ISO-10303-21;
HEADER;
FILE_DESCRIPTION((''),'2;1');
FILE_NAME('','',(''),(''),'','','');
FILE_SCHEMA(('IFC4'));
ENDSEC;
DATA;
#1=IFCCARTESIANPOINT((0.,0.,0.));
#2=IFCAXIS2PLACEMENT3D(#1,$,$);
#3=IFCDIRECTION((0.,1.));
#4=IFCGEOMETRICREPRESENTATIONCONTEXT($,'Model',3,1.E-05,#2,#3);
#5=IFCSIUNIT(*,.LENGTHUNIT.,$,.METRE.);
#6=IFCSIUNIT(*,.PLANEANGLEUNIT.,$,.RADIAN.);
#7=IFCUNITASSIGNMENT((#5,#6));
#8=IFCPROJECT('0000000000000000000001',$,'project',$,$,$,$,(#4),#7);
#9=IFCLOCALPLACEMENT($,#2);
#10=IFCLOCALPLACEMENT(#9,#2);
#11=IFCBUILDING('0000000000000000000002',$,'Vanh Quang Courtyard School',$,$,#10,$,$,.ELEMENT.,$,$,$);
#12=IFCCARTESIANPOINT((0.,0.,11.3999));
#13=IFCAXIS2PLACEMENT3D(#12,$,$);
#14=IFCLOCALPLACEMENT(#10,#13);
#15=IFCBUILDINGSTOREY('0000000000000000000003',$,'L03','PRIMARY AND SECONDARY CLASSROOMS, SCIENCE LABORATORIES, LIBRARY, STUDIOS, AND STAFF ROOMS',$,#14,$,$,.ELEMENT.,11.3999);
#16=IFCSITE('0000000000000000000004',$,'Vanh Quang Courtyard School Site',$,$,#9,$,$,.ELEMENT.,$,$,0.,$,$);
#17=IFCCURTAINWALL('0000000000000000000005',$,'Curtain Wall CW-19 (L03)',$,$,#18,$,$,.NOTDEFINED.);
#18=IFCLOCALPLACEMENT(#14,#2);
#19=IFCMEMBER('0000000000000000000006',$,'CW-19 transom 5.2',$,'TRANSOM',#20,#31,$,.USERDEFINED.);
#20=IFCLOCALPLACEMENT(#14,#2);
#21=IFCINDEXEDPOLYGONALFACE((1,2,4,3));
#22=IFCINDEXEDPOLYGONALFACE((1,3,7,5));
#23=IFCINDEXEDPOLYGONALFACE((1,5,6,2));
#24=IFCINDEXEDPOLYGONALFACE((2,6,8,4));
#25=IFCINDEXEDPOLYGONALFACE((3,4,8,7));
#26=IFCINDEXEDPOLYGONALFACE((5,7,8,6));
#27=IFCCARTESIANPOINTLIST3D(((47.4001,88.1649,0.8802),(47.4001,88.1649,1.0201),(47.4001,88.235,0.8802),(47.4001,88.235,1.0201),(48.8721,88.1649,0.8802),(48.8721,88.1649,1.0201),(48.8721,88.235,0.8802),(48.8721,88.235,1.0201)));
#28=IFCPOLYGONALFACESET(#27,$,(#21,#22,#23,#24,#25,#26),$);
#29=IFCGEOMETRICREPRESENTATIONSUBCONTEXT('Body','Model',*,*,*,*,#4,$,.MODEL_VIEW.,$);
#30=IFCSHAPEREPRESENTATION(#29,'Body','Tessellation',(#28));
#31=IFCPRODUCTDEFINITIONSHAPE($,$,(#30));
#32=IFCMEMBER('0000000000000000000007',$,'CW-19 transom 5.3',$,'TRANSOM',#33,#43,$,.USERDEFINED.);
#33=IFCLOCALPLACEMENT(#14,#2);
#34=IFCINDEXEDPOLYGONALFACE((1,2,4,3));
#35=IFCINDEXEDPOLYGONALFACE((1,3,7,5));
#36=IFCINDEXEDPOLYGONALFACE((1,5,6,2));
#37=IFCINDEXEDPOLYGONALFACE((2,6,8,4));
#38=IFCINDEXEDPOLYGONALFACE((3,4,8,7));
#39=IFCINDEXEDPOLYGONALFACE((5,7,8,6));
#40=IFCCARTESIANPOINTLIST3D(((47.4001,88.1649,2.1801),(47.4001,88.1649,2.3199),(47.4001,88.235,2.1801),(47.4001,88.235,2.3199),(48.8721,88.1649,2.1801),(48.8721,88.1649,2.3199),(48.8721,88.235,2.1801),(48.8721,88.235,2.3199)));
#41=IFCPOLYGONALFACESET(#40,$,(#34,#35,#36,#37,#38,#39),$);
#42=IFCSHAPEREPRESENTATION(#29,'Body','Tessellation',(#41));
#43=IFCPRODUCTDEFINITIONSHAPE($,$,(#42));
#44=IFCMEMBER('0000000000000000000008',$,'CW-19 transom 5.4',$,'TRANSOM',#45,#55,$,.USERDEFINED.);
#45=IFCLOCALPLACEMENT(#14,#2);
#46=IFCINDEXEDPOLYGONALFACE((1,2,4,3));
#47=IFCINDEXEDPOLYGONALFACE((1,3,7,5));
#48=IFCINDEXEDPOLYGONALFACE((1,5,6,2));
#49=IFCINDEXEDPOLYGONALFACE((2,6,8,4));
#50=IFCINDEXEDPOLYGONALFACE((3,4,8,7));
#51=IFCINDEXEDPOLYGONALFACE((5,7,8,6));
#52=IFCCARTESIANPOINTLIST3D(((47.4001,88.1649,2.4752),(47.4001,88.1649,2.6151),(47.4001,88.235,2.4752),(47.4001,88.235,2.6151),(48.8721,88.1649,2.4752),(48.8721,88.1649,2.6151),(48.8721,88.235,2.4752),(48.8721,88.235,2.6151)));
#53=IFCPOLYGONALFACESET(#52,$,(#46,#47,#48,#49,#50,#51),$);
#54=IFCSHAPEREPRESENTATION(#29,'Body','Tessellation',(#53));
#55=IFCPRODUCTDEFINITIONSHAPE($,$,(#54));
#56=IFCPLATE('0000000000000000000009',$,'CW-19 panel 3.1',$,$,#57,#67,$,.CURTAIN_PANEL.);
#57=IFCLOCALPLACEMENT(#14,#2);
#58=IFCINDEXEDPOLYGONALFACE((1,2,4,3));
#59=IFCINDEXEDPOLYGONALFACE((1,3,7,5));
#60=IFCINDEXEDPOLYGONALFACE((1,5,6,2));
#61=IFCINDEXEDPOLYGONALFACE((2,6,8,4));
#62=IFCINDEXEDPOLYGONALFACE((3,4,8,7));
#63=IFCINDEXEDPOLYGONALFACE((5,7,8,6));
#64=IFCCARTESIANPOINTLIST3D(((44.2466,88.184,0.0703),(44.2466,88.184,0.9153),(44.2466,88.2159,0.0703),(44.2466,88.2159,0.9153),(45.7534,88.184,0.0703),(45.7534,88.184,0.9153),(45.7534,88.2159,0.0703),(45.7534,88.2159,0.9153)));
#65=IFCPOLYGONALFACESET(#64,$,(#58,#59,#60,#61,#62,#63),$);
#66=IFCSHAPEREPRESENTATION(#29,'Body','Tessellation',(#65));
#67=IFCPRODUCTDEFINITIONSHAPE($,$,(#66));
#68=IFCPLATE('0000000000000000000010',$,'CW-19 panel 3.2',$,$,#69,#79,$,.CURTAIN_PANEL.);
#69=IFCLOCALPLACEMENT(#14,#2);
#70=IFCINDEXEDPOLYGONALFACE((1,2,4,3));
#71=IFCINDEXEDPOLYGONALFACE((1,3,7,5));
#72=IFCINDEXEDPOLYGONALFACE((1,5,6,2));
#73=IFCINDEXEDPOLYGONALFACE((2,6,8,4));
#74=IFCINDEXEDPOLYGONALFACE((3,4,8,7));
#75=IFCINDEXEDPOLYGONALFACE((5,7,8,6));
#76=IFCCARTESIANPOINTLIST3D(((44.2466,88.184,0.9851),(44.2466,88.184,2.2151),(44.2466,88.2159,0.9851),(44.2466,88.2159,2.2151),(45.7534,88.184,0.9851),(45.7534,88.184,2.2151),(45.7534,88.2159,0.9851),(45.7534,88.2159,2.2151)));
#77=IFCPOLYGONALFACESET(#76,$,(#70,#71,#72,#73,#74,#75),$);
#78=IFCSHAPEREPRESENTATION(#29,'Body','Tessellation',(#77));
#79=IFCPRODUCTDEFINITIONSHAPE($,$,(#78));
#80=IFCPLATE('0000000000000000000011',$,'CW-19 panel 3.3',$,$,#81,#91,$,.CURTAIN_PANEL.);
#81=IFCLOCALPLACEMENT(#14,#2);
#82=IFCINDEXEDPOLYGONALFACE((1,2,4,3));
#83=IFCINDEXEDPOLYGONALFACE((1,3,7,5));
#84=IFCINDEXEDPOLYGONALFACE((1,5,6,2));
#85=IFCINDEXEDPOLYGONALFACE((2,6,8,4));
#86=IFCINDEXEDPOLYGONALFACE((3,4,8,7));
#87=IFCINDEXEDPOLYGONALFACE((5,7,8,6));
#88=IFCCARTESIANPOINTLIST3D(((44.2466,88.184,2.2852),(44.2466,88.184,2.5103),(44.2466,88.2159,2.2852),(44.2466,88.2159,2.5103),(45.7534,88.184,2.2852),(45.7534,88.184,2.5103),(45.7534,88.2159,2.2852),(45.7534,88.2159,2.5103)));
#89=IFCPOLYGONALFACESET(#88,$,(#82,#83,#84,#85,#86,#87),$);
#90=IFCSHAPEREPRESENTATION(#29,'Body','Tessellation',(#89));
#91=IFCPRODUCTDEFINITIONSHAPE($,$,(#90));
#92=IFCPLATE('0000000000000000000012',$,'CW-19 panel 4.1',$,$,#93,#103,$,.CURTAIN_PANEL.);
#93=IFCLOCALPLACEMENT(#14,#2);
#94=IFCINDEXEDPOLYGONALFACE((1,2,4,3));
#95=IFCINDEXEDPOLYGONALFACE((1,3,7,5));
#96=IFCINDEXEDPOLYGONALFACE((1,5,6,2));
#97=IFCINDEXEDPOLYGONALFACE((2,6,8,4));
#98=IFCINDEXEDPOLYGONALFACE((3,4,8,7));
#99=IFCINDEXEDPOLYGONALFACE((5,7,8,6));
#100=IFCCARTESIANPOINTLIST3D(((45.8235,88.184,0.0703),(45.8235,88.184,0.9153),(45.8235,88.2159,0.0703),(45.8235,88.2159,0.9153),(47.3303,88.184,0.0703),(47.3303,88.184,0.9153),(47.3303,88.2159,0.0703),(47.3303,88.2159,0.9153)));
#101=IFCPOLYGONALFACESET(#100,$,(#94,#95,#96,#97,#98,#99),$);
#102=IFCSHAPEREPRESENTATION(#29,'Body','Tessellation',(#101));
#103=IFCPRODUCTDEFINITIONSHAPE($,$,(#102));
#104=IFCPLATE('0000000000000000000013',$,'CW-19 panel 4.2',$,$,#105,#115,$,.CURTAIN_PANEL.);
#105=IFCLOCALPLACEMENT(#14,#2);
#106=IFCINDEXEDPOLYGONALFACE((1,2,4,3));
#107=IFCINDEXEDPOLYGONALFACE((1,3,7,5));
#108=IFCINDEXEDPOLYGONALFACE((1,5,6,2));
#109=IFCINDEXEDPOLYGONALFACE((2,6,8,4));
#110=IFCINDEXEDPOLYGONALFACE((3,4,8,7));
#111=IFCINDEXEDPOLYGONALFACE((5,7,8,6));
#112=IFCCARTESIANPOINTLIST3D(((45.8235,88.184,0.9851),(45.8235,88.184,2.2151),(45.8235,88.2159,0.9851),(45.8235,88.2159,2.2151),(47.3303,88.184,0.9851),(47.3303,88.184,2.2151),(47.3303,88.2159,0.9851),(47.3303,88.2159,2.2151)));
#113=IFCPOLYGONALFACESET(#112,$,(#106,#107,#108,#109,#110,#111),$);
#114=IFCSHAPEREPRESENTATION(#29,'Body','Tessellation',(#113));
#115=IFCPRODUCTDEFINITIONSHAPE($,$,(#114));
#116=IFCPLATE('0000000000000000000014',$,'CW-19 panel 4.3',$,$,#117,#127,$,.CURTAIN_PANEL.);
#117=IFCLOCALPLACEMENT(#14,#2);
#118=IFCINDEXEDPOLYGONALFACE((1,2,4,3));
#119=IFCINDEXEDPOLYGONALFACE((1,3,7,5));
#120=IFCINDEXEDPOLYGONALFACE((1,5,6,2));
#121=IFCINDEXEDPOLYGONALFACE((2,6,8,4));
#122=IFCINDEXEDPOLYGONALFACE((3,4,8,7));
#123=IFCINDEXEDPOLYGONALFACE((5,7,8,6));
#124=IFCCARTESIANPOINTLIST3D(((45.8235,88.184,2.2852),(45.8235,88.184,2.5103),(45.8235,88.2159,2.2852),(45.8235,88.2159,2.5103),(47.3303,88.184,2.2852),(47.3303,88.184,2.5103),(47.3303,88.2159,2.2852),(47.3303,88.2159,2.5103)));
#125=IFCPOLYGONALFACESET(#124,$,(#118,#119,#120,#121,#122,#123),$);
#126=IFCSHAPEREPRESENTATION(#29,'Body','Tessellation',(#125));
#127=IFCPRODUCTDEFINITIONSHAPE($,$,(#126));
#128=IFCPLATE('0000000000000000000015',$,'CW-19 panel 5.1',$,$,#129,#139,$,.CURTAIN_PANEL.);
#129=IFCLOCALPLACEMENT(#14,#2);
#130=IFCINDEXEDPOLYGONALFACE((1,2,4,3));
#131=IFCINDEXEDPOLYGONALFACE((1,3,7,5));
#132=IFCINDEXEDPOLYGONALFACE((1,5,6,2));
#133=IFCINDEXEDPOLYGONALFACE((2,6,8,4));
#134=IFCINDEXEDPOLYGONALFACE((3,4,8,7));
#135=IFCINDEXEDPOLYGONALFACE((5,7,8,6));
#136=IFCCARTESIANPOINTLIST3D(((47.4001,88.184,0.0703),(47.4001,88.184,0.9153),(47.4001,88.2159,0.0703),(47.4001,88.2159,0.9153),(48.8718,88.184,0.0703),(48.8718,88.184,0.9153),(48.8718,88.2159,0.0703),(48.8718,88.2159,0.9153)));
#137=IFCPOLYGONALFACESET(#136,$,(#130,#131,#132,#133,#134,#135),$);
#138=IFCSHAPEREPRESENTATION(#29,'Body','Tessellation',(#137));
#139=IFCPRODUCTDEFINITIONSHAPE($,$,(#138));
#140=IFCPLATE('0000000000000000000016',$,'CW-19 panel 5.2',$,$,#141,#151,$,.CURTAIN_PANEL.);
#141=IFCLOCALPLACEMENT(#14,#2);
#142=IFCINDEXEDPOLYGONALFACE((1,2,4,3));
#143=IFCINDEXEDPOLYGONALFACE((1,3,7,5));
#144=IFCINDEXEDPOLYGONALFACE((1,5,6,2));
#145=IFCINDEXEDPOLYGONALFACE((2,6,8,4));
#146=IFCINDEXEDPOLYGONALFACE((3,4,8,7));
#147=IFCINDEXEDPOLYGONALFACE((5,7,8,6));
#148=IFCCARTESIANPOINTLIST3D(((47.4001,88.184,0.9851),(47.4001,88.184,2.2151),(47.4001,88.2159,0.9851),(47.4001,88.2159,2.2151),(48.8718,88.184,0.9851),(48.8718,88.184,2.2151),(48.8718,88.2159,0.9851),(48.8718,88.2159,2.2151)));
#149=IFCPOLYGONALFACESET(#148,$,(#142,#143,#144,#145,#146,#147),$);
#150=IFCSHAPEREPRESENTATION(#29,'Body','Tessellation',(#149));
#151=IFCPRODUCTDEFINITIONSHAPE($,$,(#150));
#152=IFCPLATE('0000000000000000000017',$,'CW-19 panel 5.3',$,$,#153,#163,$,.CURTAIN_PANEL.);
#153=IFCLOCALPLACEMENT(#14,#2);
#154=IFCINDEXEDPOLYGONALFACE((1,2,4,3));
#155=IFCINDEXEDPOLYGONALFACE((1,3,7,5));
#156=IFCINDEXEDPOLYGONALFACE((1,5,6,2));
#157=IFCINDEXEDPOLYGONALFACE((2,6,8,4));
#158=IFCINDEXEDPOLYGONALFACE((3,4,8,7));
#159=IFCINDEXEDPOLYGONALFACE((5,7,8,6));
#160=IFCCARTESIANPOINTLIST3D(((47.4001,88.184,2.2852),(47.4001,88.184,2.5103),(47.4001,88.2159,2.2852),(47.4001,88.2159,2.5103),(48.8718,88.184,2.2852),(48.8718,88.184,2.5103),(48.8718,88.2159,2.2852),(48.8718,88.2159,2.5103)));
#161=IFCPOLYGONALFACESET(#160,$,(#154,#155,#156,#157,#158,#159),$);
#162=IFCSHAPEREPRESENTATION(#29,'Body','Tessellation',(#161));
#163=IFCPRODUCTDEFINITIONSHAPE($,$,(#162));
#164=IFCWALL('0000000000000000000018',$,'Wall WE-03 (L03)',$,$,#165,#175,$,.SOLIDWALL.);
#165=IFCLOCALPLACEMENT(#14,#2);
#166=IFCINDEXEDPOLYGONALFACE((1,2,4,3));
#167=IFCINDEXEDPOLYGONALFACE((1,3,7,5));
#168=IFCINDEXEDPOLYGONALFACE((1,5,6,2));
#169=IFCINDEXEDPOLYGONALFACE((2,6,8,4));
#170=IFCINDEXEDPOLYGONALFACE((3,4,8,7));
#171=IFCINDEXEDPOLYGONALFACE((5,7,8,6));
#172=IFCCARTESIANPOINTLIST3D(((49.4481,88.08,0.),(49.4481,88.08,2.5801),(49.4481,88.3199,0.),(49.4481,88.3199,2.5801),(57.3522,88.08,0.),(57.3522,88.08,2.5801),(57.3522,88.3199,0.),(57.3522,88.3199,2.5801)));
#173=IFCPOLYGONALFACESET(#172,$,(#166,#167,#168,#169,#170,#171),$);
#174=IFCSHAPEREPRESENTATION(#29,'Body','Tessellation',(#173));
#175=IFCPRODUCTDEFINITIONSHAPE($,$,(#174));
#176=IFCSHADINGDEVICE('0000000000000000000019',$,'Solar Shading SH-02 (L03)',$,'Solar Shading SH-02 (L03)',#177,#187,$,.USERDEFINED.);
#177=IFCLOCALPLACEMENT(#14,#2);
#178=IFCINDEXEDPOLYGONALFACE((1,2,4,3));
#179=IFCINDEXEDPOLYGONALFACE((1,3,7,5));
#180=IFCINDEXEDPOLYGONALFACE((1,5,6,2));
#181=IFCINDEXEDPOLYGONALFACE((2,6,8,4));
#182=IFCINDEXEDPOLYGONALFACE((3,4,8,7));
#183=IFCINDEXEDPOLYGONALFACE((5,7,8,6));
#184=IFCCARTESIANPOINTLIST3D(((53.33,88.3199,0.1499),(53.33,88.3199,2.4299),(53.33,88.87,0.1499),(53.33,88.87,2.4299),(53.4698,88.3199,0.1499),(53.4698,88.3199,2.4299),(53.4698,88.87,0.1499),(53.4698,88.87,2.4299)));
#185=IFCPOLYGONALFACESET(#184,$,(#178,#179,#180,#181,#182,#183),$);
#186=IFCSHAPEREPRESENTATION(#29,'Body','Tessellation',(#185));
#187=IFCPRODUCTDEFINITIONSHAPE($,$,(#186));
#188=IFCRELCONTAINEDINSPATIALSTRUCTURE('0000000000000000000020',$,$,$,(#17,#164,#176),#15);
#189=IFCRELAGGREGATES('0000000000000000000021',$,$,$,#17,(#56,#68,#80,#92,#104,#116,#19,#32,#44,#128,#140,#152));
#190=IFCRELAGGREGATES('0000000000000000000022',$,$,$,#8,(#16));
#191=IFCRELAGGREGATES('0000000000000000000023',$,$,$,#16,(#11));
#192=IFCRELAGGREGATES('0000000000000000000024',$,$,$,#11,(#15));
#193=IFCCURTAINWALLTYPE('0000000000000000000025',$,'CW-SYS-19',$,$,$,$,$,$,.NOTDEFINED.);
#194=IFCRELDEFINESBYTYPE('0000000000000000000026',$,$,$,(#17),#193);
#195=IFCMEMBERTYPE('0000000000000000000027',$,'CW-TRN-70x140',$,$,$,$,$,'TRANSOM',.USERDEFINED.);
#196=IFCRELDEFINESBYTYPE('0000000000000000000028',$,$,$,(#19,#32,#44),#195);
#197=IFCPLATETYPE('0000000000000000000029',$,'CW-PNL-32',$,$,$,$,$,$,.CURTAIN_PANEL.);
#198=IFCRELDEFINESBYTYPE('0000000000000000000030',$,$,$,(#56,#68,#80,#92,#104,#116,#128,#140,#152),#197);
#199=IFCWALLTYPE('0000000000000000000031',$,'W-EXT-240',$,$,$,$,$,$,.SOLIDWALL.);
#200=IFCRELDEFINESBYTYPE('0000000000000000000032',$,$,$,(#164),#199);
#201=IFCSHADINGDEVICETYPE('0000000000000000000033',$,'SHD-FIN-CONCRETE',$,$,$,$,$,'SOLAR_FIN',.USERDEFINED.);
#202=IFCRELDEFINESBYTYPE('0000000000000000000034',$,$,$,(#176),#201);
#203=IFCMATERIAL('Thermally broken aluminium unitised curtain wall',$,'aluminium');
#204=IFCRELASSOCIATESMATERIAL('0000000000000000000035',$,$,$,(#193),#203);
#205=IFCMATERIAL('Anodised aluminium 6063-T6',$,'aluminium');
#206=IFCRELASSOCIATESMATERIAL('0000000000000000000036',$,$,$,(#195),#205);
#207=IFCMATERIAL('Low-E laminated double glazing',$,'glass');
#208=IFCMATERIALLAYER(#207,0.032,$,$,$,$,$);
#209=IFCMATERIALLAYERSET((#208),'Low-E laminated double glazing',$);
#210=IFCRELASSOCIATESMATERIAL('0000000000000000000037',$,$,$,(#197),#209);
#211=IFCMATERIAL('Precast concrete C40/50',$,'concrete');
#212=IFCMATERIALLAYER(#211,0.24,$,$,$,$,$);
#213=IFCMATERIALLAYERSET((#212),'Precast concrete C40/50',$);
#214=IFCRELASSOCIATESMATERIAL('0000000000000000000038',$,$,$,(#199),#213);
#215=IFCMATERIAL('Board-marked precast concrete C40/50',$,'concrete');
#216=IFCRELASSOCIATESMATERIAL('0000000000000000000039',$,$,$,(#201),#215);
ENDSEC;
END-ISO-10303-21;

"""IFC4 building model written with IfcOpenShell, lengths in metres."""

from ifc_helpers import new_model, si_unit, direction, frame, frame_2d, origin, origin_2d, place, context, subcontext, project, spatial, rectangle, extrude, material, layer, layer_set, material_profile, profile_set, type_object, element, aggregate, save


model = new_model("IFC4")

# Units and contexts
model_context = context("Model", 3, precision=1e-05, world=origin(), true_north=direction((0.0, 1.0)))
body_context = subcontext(model_context, "Body", "Model", "MODEL_VIEW")
ifc_project = project(units=[si_unit("LENGTHUNIT", "METRE"), si_unit("PLANEANGLEUNIT", "RADIAN")], contexts=[model_context])

# Site, building, storey
site_placement = place(None, origin())
site = spatial("IfcSite", under=ifc_project, at=site_placement, Name="Vanh Quang Courtyard School Site", CompositionType="ELEMENT", RefElevation=0.0)
building_placement = place(site_placement, origin())
building = spatial("IfcBuilding", under=site, at=building_placement, Name="Vanh Quang Courtyard School", CompositionType="ELEMENT")
storey_placement = place(building_placement, frame((0.0, 0.0, 11.3999)))
storey = spatial("IfcBuildingStorey", under=building, at=storey_placement, Name="L03", Description="PRIMARY AND SECONDARY CLASSROOMS, SCIENCE LABORATORIES, LIBRARY, STUDIOS, AND STAFF ROOMS", CompositionType="ELEMENT", Elevation=11.3999)

# Curtain wall, members, plates
ifc_material_1 = material(Name="Thermally broken aluminium unitised curtain wall", Category="aluminium")
curtain_wall_type = type_object("IfcCurtainWallType", Name="CW-SYS-19", PredefinedType="NOTDEFINED", material=ifc_material_1)
curtain_wall_placement = place(storey_placement, origin())
curtain_wall = element("IfcCurtainWall", 1, at=curtain_wall_placement, inside=storey, type_object=curtain_wall_type, Name="Curtain Wall CW-19 (L03)", PredefinedType="NOTDEFINED")
ifc_material_2 = material(Name="Anodised aluminium 6063-T6", Category="aluminium")
ifc_material_profile_1 = material_profile(ifc_material_2, rectangle(XDim=0.0701, YDim=0.1399, at=origin_2d()), Name="ALU-TRN 70x140")
ifc_profile_set_1 = profile_set([ifc_material_profile_1], Name="Anodised aluminium 6063-T6")
member_type_1 = type_object("IfcMemberType", Name="CW-TRN-70x140", ElementType="TRANSOM", PredefinedType="USERDEFINED", material=ifc_profile_set_1)
member_1_placement = place(storey_placement, frame((47.4001, 88.2, 0.9502), z_axis=(1.0, 0.0, 0.0), x_axis=(0.0, 1.0, 0.0)))
member_1 = element("IfcMember", 2, at=member_1_placement, type_object=member_type_1, Name="CW-19 transom 5.2", ObjectType="TRANSOM", PredefinedType="USERDEFINED", context=body_context, shape_type="SweptSolid", body=[
    extrude(rectangle(XDim=0.0701, YDim=0.1399, at=origin_2d()), origin(), (0.0, 0.0, 1.0), 1.4719),
])
member_2_placement = place(storey_placement, frame((47.4001, 88.2, 2.25), z_axis=(1.0, 0.0, 0.0), x_axis=(0.0, 1.0, 0.0)))
member_2 = element("IfcMember", 3, at=member_2_placement, type_object=member_type_1, Name="CW-19 transom 5.3", ObjectType="TRANSOM", PredefinedType="USERDEFINED", context=body_context, shape_type="SweptSolid", body=[
    extrude(rectangle(XDim=0.0701, YDim=0.1399, at=origin_2d()), origin(), (0.0, 0.0, 1.0), 1.4719),
])
member_3_placement = place(storey_placement, frame((47.4001, 88.2, 2.5452), z_axis=(1.0, 0.0, 0.0), x_axis=(0.0, 1.0, 0.0)))
member_3 = element("IfcMember", 4, at=member_3_placement, type_object=member_type_1, Name="CW-19 transom 5.4", ObjectType="TRANSOM", PredefinedType="USERDEFINED", context=body_context, shape_type="SweptSolid", body=[
    extrude(rectangle(XDim=0.0701, YDim=0.1399, at=origin_2d()), origin(), (0.0, 0.0, 1.0), 1.4719),
])
ifc_material_3 = material(Name="Low-E laminated double glazing", Category="glass")
ifc_layer_1 = layer(ifc_material_3, 0.032)
ifc_layer_set_1 = layer_set([ifc_layer_1], Name="Low-E laminated double glazing")
plate_type = type_object("IfcPlateType", Name="CW-PNL-32", PredefinedType="CURTAIN_PANEL", material=ifc_layer_set_1)
plate_1_placement = place(storey_placement, frame((45.0, 88.2, 0.0703), z_axis=(0.0, 0.0, 1.0), x_axis=(1.0, 0.0, 0.0)))
plate_1 = element("IfcPlate", 5, at=plate_1_placement, type_object=plate_type, Name="CW-19 panel 3.1", PredefinedType="CURTAIN_PANEL", context=body_context, shape_type="SweptSolid", body=[
    extrude(rectangle(XDim=1.5068, YDim=0.032, at=origin_2d()), origin(), (0.0, 0.0, 1.0), 0.845),
])
plate_2_placement = place(storey_placement, frame((45.0, 88.2, 0.9851), z_axis=(0.0, 0.0, 1.0), x_axis=(1.0, 0.0, 0.0)))
plate_2 = element("IfcPlate", 6, at=plate_2_placement, type_object=plate_type, Name="CW-19 panel 3.2", PredefinedType="CURTAIN_PANEL", context=body_context, shape_type="SweptSolid", body=[
    extrude(rectangle(XDim=1.5068, YDim=0.032, at=origin_2d()), origin(), (0.0, 0.0, 1.0), 1.23),
])
plate_3_placement = place(storey_placement, frame((45.0, 88.2, 2.2852), z_axis=(0.0, 0.0, 1.0), x_axis=(1.0, 0.0, 0.0)))
plate_3 = element("IfcPlate", 7, at=plate_3_placement, type_object=plate_type, Name="CW-19 panel 3.3", PredefinedType="CURTAIN_PANEL", context=body_context, shape_type="SweptSolid", body=[
    extrude(rectangle(XDim=1.5068, YDim=0.032, at=origin_2d()), origin(), (0.0, 0.0, 1.0), 0.2251),
])
plate_4_placement = place(storey_placement, frame((46.5769, 88.2, 0.0703), z_axis=(0.0, 0.0, 1.0), x_axis=(1.0, 0.0, 0.0)))
plate_4 = element("IfcPlate", 8, at=plate_4_placement, type_object=plate_type, Name="CW-19 panel 4.1", PredefinedType="CURTAIN_PANEL", context=body_context, shape_type="SweptSolid", body=[
    extrude(rectangle(XDim=1.5068, YDim=0.032, at=origin_2d()), origin(), (0.0, 0.0, 1.0), 0.845),
])
plate_5_placement = place(storey_placement, frame((46.5769, 88.2, 0.9851), z_axis=(0.0, 0.0, 1.0), x_axis=(1.0, 0.0, 0.0)))
plate_5 = element("IfcPlate", 9, at=plate_5_placement, type_object=plate_type, Name="CW-19 panel 4.2", PredefinedType="CURTAIN_PANEL", context=body_context, shape_type="SweptSolid", body=[
    extrude(rectangle(XDim=1.5068, YDim=0.032, at=origin_2d()), origin(), (0.0, 0.0, 1.0), 1.23),
])
plate_6_placement = place(storey_placement, frame((46.5769, 88.2, 2.2852), z_axis=(0.0, 0.0, 1.0), x_axis=(1.0, 0.0, 0.0)))
plate_6 = element("IfcPlate", 10, at=plate_6_placement, type_object=plate_type, Name="CW-19 panel 4.3", PredefinedType="CURTAIN_PANEL", context=body_context, shape_type="SweptSolid", body=[
    extrude(rectangle(XDim=1.5068, YDim=0.032, at=origin_2d()), origin(), (0.0, 0.0, 1.0), 0.2251),
])
plate_7_placement = place(storey_placement, frame((48.136, 88.2, 0.0703), z_axis=(0.0, 0.0, 1.0), x_axis=(1.0, 0.0, 0.0)))
plate_7 = element("IfcPlate", 11, at=plate_7_placement, type_object=plate_type, Name="CW-19 panel 5.1", PredefinedType="CURTAIN_PANEL", context=body_context, shape_type="SweptSolid", body=[
    extrude(rectangle(XDim=1.4717, YDim=0.032, at=origin_2d()), origin(), (0.0, 0.0, 1.0), 0.845),
])
plate_8_placement = place(storey_placement, frame((48.136, 88.2, 0.9851), z_axis=(0.0, 0.0, 1.0), x_axis=(1.0, 0.0, 0.0)))
plate_8 = element("IfcPlate", 12, at=plate_8_placement, type_object=plate_type, Name="CW-19 panel 5.2", PredefinedType="CURTAIN_PANEL", context=body_context, shape_type="SweptSolid", body=[
    extrude(rectangle(XDim=1.4717, YDim=0.032, at=origin_2d()), origin(), (0.0, 0.0, 1.0), 1.23),
])
plate_9_placement = place(storey_placement, frame((48.136, 88.2, 2.2852), z_axis=(0.0, 0.0, 1.0), x_axis=(1.0, 0.0, 0.0)))
plate_9 = element("IfcPlate", 13, at=plate_9_placement, type_object=plate_type, Name="CW-19 panel 5.3", PredefinedType="CURTAIN_PANEL", context=body_context, shape_type="SweptSolid", body=[
    extrude(rectangle(XDim=1.4717, YDim=0.032, at=origin_2d()), origin(), (0.0, 0.0, 1.0), 0.2251),
])
aggregate(curtain_wall, [plate_1, plate_2, plate_3, plate_4, plate_5, plate_6, member_1, member_2, member_3, plate_7, plate_8, plate_9])

# Wall
ifc_material_4 = material(Name="Precast concrete C40/50", Category="concrete")
ifc_layer_2 = layer(ifc_material_4, 0.24)
ifc_layer_set_2 = layer_set([ifc_layer_2], Name="Precast concrete C40/50")
wall_type = type_object("IfcWallType", Name="W-EXT-240", PredefinedType="SOLIDWALL", material=ifc_layer_set_2)
wall_placement = place(storey_placement, frame((49.448, 88.2, 0.0), z_axis=(0.0, 0.0, 1.0), x_axis=(1.0, 0.0, 0.0)))
element("IfcWall", 14, at=wall_placement, inside=storey, type_object=wall_type, Name="Wall WE-03 (L03)", PredefinedType="SOLIDWALL", context=body_context, shape_type="SweptSolid", body=[
    extrude(rectangle(XDim=7.9041, YDim=0.24, at=frame_2d((3.9521, 0.0))), origin(), (0.0, 0.0, 1.0), 2.5801),
])

# Shading device
ifc_material_5 = material(Name="Board-marked precast concrete C40/50", Category="concrete")
shading_device_type = type_object("IfcShadingDeviceType", Name="SHD-FIN-CONCRETE", ElementType="SOLAR_FIN", PredefinedType="USERDEFINED", material=ifc_material_5)
shading_device_placement = place(storey_placement, frame((53.3999, 88.595, 0.1499), z_axis=(0.0, 0.0, 1.0), x_axis=(1.0, 0.0, 0.0)))
element("IfcShadingDevice", 15, at=shading_device_placement, inside=storey, type_object=shading_device_type, Name="Solar Shading SH-02 (L03)", ObjectType="Solar Shading SH-02 (L03)", PredefinedType="USERDEFINED", context=body_context, shape_type="SweptSolid", body=[
    extrude(rectangle(XDim=0.1399, YDim=0.55, at=origin_2d()), origin(), (0.0, 0.0, 1.0), 2.28),
])

save(model, "model.ifc")
